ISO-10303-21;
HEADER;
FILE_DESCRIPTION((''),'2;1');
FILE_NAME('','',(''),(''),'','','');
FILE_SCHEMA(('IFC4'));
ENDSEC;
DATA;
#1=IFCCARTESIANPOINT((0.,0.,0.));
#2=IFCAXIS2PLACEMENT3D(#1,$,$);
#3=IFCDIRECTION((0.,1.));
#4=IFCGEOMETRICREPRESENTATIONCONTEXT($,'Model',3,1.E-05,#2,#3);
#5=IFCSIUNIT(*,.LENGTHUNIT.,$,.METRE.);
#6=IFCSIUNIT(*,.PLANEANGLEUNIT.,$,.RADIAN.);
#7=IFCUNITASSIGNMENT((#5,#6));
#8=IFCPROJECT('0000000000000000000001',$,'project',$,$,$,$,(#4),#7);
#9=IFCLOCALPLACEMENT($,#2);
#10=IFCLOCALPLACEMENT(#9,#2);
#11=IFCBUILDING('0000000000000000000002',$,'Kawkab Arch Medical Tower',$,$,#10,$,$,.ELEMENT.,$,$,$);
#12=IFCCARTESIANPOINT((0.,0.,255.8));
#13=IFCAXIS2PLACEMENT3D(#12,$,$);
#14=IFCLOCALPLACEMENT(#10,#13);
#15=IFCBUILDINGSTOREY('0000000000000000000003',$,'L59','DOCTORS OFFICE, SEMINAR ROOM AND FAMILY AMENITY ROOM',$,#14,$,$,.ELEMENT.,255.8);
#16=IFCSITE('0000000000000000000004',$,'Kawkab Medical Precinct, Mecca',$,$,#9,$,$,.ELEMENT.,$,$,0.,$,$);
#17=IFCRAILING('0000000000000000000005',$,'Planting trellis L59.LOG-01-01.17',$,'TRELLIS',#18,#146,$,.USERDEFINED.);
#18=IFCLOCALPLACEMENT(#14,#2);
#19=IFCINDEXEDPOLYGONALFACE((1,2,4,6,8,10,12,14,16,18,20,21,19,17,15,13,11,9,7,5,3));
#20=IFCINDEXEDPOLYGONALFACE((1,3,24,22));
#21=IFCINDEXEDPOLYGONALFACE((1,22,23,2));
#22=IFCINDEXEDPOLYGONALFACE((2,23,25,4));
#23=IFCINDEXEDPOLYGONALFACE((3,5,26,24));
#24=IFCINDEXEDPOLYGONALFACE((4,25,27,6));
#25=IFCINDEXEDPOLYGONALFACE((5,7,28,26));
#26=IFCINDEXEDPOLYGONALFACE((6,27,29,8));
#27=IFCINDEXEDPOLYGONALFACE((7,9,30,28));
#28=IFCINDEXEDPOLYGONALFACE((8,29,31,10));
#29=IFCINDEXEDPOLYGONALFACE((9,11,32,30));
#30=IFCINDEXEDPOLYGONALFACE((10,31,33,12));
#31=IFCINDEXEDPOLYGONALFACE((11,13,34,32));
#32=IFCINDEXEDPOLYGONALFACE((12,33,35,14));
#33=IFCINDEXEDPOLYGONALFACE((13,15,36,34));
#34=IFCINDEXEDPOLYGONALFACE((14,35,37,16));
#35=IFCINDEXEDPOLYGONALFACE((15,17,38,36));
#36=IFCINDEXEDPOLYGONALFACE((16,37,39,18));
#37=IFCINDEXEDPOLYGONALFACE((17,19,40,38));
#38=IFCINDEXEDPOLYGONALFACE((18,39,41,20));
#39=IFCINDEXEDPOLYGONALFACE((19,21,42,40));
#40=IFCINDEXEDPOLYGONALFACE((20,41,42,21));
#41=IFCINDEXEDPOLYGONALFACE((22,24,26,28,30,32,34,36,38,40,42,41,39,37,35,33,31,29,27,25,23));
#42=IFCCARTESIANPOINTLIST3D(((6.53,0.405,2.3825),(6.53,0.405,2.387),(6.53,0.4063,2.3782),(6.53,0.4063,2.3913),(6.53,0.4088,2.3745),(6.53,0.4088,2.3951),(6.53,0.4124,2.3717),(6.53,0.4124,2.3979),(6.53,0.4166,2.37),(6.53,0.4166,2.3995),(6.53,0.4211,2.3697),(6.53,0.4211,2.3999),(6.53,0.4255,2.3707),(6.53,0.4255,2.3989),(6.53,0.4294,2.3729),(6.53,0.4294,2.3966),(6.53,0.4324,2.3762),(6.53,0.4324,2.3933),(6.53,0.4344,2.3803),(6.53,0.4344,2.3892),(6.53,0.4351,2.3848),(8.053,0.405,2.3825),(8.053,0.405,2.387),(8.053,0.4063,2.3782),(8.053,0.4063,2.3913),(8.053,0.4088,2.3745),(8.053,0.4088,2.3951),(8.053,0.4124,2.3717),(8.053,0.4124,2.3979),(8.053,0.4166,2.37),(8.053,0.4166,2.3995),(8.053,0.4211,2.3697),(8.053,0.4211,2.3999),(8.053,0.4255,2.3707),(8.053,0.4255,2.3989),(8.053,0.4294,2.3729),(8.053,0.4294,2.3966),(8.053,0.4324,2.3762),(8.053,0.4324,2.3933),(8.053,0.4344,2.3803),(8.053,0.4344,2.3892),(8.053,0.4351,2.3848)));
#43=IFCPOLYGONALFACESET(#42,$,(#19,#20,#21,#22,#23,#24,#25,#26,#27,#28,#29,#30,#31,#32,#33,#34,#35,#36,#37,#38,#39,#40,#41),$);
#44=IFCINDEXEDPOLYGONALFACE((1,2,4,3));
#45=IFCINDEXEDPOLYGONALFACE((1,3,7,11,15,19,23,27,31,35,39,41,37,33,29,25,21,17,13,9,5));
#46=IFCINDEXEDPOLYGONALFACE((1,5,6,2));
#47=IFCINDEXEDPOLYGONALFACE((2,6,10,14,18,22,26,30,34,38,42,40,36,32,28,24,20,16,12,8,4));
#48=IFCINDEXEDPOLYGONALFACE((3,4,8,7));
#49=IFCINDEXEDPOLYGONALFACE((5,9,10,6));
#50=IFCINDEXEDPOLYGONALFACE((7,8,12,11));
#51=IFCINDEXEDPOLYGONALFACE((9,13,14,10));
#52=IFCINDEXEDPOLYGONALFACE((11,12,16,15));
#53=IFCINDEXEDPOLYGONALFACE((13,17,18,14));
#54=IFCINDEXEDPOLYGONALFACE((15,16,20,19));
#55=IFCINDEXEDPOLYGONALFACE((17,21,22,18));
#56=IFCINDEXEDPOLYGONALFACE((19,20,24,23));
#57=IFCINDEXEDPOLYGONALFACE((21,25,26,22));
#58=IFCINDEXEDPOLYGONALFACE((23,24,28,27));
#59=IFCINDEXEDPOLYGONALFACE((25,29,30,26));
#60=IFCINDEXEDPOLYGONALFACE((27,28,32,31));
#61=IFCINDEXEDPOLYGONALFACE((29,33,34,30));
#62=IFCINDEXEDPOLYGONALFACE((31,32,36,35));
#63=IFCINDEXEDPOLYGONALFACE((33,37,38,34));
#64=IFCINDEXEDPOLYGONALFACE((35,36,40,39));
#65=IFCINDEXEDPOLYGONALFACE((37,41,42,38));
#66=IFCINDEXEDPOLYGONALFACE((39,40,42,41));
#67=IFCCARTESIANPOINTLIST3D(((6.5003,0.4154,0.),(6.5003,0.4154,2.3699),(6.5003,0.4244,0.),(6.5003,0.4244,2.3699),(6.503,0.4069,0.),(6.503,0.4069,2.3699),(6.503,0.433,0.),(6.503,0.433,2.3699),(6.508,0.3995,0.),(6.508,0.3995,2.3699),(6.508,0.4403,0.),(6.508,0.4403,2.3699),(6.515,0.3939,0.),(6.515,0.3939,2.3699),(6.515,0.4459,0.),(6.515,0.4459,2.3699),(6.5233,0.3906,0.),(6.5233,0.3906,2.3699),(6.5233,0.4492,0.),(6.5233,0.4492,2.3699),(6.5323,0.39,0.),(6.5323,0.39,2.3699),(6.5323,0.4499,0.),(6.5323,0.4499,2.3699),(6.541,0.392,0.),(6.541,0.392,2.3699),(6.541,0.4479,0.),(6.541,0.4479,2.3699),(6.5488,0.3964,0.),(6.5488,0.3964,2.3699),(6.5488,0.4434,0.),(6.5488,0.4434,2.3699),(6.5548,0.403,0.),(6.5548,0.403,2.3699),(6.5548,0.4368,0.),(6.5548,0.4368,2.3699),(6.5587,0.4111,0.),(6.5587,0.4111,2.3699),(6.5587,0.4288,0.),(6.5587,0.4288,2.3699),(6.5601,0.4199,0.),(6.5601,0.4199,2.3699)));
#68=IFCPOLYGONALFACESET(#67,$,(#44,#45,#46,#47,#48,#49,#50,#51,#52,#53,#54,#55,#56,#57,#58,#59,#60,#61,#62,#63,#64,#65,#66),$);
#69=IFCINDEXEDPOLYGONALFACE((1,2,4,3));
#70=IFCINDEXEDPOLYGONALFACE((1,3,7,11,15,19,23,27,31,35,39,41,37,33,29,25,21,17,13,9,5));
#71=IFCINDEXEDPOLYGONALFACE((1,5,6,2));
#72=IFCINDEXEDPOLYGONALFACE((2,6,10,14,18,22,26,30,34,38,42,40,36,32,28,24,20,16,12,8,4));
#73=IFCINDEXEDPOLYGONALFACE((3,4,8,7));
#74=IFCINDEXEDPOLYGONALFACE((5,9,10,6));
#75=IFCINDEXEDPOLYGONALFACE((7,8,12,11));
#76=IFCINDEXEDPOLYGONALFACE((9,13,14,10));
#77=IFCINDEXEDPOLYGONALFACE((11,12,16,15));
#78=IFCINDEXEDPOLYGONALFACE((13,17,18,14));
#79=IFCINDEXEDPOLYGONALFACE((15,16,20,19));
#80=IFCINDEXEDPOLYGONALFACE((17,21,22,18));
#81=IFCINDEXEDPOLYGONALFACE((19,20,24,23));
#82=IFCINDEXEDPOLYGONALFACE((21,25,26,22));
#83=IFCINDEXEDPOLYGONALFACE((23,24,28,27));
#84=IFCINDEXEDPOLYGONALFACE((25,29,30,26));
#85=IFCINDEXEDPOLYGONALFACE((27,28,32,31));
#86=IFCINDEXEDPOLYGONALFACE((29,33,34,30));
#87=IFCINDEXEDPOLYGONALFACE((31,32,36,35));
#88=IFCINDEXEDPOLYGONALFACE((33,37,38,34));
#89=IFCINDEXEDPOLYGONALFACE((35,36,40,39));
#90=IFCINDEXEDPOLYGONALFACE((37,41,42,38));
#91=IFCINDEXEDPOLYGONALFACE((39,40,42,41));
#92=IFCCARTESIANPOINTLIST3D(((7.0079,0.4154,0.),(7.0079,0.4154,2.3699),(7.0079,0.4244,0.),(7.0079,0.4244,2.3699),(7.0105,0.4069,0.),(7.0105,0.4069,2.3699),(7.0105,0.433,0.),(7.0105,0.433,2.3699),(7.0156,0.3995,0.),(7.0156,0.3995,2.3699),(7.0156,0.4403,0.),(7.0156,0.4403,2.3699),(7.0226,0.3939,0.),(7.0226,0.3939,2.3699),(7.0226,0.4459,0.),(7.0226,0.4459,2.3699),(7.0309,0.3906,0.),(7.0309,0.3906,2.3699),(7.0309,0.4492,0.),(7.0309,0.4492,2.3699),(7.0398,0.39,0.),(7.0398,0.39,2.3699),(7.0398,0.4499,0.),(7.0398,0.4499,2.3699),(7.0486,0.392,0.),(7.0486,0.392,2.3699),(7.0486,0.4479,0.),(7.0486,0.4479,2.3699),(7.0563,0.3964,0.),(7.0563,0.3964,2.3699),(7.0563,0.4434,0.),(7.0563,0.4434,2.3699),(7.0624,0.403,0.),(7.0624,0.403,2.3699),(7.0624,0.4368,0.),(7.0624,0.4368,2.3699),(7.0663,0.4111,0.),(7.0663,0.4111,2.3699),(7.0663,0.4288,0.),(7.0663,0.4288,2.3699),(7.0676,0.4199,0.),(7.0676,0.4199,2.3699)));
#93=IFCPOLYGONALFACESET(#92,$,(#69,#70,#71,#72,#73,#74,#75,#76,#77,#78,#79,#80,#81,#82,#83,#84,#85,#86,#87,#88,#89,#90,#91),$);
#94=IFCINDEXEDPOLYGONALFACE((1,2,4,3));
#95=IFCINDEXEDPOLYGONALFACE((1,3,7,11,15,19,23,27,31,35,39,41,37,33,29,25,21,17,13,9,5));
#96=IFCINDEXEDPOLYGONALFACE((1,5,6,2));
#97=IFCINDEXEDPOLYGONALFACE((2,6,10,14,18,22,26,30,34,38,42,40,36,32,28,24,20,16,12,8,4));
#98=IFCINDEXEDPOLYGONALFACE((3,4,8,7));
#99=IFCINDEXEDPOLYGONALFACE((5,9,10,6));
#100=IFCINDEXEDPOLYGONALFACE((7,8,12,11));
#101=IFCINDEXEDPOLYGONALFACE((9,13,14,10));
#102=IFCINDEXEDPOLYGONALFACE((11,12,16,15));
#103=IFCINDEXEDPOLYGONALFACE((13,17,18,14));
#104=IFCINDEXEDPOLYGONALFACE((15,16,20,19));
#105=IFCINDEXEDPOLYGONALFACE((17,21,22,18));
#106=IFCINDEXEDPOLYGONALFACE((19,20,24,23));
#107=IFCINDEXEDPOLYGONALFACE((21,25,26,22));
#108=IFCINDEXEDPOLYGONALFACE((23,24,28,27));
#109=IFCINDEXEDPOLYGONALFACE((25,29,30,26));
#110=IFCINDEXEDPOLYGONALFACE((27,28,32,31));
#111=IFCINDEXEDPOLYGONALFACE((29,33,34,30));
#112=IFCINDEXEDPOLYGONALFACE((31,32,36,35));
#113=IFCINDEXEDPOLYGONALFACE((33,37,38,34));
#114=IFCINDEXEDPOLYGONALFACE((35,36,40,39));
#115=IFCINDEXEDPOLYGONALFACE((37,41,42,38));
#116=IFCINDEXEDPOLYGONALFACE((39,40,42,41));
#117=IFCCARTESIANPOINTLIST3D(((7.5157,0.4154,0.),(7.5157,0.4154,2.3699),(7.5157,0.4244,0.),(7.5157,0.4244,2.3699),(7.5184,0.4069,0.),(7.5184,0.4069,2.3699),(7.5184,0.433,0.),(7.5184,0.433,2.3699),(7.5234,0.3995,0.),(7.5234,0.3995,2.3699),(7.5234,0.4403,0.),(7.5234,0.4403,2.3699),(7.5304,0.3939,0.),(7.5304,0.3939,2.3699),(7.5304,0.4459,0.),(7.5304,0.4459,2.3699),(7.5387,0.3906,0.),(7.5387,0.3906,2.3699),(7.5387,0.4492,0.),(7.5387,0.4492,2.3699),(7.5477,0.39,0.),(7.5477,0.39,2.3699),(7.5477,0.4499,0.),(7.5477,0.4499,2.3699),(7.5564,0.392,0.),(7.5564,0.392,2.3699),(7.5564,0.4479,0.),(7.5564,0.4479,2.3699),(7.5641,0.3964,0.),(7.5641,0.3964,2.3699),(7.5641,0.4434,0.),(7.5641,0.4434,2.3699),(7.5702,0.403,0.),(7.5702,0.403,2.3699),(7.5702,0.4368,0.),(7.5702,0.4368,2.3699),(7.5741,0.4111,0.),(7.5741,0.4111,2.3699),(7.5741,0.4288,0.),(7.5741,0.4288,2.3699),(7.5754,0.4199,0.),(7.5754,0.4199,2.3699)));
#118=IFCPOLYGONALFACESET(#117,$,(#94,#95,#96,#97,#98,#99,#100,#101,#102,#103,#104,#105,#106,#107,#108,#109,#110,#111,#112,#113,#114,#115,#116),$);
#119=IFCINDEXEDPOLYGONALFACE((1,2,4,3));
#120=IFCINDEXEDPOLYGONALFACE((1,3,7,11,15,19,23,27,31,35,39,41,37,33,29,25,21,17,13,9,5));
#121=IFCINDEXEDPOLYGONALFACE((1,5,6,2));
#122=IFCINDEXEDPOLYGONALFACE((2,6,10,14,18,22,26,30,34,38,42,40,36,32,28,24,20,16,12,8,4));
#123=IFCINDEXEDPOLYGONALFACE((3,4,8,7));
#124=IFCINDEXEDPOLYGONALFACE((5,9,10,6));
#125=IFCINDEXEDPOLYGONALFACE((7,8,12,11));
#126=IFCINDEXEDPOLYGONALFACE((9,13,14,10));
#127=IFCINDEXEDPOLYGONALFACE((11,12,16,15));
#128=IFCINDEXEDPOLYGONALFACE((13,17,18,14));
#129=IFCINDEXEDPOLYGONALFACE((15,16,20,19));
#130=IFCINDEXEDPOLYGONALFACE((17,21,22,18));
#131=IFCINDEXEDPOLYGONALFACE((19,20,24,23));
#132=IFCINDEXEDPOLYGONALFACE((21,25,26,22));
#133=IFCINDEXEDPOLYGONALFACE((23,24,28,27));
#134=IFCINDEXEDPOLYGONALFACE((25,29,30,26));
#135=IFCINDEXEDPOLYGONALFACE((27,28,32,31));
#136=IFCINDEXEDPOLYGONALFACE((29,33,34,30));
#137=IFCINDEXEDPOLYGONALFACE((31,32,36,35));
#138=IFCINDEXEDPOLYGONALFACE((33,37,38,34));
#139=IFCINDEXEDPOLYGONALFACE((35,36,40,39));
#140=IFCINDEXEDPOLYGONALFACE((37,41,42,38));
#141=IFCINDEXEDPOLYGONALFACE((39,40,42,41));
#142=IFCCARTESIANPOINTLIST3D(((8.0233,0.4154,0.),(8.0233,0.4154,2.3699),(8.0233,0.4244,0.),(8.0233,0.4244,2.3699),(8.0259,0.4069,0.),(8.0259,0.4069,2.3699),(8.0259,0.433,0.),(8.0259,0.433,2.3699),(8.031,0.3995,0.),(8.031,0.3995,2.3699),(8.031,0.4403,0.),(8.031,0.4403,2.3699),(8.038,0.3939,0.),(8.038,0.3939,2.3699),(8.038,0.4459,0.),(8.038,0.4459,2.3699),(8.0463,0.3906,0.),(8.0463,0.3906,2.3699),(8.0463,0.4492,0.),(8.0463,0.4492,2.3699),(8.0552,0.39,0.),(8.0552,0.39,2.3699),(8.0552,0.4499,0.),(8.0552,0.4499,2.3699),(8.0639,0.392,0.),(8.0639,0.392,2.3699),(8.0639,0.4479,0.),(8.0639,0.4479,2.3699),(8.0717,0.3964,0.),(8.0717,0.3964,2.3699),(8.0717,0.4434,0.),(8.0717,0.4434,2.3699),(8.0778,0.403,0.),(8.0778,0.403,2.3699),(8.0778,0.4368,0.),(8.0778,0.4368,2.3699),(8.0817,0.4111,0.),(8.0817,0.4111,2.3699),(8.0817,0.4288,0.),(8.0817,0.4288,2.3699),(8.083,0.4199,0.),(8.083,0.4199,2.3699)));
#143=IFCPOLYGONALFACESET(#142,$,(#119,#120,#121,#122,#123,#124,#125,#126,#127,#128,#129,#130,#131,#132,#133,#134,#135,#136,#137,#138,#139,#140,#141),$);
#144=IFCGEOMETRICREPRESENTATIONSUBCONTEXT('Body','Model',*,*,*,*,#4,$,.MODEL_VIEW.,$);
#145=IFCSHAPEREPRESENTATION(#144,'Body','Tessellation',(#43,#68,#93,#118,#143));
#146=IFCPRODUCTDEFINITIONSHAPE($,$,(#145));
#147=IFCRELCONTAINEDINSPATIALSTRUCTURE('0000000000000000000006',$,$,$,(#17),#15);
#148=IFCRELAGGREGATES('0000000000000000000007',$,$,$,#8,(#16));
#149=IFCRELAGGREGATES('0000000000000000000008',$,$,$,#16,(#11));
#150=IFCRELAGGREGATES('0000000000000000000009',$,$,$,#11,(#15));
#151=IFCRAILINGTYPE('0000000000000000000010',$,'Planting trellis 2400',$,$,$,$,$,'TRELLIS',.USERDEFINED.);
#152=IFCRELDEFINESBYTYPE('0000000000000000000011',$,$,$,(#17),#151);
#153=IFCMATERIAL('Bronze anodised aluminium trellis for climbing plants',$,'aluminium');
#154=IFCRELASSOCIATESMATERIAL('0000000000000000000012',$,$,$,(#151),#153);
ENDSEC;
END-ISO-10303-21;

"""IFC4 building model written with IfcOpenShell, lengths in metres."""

from ifc_helpers import new_model, si_unit, direction, frame, origin, origin_2d, place, context, subcontext, project, spatial, circle, extrude, material, type_object, element, save


model = new_model("IFC4")

# Units and contexts
model_context = context("Model", 3, precision=1e-05, world=origin(), true_north=direction((0.0, 1.0)))
body_context = subcontext(model_context, "Body", "Model", "MODEL_VIEW")
ifc_project = project(units=[si_unit("LENGTHUNIT", "METRE"), si_unit("PLANEANGLEUNIT", "RADIAN")], contexts=[model_context])

# Site, building, storey
site_placement = place(None, origin())
site = spatial("IfcSite", under=ifc_project, at=site_placement, Name="Kawkab Medical Precinct, Mecca", CompositionType="ELEMENT", RefElevation=0.0)
building_placement = place(site_placement, origin())
building = spatial("IfcBuilding", under=site, at=building_placement, Name="Kawkab Arch Medical Tower", CompositionType="ELEMENT")
storey_placement = place(building_placement, frame((0.0, 0.0, 255.8)))
storey = spatial("IfcBuildingStorey", under=building, at=storey_placement, Name="L59", Description="DOCTORS OFFICE, SEMINAR ROOM AND FAMILY AMENITY ROOM", CompositionType="ELEMENT", Elevation=255.8)

# Railing
ifc_material_1 = material(Name="Bronze anodised aluminium trellis for climbing plants", Category="aluminium")
railing_type_1 = type_object("IfcRailingType", Name="Planting trellis 2400", ElementType="TRELLIS", PredefinedType="USERDEFINED", material=ifc_material_1)
railing_1_placement = place(storey_placement, frame((6.53, 0.4199, 0.0)))
element("IfcRailing", 1, at=railing_1_placement, inside=storey, type_object=railing_type_1, Name="Planting trellis L59.LOG-01-01.17", ObjectType="TRELLIS", PredefinedType="USERDEFINED", context=body_context, shape_type="SweptSolid", body=[
    extrude(circle(Radius=0.0151, at=origin_2d()), frame((0.0, 0.0, 2.3848), z_axis=(1.0, 0.0, 0.0), x_axis=(0.0, 1.0, 0.0)), (0.0, 0.0, 1.0), 1.5229),
    extrude(circle(Radius=0.03, at=origin_2d()), origin(), (0.0, 0.0, 1.0), 2.3699),
    extrude(circle(Radius=0.03, at=origin_2d()), frame((0.5076, 0.0, 0.0)), (0.0, 0.0, 1.0), 2.3699),
    extrude(circle(Radius=0.03, at=origin_2d()), frame((1.0154, 0.0, 0.0)), (0.0, 0.0, 1.0), 2.3699),
    extrude(circle(Radius=0.03, at=origin_2d()), frame((1.5229, 0.0, 0.0)), (0.0, 0.0, 1.0), 2.3699),
])

save(model, "model.ifc")
